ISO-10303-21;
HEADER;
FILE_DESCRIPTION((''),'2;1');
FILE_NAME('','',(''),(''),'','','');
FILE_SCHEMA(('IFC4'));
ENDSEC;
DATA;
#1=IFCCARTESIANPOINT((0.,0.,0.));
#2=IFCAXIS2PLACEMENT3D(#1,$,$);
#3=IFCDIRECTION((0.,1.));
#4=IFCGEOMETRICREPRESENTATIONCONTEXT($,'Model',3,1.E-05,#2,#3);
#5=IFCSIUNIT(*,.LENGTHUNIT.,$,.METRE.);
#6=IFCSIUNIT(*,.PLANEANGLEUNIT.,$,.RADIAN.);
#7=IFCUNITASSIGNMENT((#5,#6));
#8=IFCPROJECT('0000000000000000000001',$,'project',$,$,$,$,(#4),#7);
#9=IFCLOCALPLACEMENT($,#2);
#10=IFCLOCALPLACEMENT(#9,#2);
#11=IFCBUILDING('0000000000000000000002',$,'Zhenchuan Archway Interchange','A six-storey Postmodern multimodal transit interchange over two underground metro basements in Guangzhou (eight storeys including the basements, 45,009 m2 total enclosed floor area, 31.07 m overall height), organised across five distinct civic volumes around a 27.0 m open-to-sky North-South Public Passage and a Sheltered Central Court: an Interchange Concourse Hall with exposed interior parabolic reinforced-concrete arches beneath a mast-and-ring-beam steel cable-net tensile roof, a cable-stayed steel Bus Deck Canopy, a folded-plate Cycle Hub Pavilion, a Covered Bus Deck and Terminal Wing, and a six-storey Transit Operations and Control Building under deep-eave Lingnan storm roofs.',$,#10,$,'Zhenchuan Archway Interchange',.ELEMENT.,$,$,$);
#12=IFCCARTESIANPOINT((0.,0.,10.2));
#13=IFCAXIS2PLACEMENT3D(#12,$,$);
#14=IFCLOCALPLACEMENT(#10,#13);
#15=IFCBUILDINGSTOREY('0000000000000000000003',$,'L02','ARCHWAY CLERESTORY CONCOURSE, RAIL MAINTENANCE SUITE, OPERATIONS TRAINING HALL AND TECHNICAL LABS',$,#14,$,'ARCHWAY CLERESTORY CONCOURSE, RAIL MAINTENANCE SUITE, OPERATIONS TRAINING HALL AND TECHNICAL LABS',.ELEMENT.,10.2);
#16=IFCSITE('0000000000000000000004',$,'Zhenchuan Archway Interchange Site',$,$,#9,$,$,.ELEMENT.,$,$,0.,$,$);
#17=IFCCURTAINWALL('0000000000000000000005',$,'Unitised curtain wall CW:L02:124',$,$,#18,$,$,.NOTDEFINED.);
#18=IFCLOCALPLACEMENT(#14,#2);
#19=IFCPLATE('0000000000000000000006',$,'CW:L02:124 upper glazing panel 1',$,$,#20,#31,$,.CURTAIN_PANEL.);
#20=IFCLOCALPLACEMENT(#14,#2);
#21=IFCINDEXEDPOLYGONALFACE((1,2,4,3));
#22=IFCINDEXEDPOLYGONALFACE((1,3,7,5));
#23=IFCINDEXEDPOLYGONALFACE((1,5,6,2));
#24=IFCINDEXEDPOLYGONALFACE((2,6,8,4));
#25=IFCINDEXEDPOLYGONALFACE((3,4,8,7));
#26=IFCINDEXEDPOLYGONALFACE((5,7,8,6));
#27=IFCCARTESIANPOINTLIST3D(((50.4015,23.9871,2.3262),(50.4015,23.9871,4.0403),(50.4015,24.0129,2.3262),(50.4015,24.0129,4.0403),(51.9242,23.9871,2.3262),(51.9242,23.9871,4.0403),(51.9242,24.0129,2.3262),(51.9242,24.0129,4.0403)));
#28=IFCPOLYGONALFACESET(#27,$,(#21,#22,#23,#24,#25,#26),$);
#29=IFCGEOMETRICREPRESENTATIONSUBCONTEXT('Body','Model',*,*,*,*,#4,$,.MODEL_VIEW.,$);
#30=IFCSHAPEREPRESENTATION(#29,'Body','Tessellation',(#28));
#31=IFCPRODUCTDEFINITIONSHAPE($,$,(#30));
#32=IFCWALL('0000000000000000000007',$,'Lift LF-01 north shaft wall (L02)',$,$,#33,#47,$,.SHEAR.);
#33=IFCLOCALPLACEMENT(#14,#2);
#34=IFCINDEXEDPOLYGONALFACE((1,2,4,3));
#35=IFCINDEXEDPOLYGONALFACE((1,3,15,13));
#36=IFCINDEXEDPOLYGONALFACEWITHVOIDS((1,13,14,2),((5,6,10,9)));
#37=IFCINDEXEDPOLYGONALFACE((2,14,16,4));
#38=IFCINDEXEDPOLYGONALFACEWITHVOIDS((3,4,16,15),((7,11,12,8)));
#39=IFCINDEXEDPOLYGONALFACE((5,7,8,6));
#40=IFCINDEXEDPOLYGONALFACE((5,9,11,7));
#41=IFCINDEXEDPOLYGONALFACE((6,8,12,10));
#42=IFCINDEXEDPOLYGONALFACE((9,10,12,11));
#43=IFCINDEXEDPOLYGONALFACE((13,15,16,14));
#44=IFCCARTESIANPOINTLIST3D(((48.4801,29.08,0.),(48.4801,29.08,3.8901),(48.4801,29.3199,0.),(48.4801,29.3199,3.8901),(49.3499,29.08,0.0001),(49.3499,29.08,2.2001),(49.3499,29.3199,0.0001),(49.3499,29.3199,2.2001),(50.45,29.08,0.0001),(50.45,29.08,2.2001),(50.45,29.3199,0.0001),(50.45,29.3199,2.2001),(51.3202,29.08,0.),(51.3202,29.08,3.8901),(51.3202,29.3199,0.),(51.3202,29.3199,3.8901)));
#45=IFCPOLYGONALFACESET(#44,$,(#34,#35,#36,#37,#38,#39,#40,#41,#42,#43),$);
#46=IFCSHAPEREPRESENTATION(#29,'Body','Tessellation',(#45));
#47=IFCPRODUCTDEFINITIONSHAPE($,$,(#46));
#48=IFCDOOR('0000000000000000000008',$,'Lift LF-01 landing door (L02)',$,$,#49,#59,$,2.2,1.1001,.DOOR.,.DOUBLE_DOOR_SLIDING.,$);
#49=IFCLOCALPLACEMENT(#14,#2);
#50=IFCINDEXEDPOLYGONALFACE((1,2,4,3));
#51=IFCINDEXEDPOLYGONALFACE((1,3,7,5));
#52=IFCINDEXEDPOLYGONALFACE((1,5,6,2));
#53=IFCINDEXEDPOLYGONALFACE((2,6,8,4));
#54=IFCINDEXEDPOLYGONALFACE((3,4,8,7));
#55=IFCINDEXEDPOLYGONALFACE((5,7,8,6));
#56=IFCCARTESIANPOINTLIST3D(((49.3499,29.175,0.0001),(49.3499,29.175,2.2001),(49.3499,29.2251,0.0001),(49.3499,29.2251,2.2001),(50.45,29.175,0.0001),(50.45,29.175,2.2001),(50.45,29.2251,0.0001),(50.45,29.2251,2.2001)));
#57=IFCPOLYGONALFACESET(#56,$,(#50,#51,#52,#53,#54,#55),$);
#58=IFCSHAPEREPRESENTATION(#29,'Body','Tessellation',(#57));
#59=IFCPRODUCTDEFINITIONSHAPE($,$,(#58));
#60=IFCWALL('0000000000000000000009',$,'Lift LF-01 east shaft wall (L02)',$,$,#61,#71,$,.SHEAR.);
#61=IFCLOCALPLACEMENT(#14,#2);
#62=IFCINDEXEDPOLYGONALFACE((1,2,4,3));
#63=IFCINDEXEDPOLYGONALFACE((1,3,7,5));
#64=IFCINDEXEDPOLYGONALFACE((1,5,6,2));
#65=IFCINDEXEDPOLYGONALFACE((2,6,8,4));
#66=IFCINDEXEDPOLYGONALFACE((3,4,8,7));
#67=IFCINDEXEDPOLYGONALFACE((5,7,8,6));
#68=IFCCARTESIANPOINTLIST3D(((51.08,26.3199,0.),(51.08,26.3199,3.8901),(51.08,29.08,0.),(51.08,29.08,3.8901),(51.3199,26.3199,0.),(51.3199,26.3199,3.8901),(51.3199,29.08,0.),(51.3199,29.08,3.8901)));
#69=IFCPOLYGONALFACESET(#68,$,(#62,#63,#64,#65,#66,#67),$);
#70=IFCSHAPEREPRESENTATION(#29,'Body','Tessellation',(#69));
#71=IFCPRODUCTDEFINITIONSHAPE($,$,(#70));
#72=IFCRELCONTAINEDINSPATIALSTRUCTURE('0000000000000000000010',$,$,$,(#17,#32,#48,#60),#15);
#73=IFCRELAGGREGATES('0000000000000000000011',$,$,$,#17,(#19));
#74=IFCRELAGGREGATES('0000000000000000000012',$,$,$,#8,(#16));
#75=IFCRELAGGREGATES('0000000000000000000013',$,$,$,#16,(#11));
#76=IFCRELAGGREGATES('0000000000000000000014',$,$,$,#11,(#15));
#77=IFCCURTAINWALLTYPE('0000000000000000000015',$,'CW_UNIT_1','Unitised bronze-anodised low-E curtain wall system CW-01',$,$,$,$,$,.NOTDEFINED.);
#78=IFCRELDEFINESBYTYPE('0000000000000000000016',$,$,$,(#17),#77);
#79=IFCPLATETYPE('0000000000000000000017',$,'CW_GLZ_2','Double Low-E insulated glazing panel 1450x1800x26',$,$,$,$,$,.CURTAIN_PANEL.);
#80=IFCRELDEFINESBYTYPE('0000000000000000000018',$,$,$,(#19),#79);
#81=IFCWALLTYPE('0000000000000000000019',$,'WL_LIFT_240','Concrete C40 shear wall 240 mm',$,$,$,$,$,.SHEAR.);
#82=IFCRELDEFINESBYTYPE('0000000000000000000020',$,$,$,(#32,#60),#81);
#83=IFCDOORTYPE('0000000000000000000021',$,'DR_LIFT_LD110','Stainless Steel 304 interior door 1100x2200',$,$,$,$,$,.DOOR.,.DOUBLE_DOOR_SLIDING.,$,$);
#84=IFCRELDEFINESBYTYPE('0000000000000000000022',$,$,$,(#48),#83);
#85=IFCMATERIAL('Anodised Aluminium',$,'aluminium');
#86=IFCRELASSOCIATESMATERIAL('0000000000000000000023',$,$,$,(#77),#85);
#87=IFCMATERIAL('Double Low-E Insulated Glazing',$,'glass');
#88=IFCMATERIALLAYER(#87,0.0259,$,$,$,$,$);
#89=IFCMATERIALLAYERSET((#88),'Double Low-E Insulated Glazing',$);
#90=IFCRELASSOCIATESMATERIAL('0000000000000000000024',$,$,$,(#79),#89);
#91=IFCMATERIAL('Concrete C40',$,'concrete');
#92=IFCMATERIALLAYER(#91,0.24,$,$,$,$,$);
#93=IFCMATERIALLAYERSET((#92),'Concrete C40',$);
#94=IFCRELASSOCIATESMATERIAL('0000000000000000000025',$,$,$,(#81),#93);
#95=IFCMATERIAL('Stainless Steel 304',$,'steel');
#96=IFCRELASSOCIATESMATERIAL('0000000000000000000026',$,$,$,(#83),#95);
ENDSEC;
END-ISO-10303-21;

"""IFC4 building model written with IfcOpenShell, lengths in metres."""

from ifc_helpers import new_model, si_unit, direction, frame, frame_2d, origin, origin_2d, place, context, subcontext, project, spatial, rectangle, extrude, material, layer, layer_set, type_object, element, fill, aggregate, save


model = new_model("IFC4")

# Units and contexts
model_context = context("Model", 3, precision=1e-05, world=origin(), true_north=direction((0.0, 1.0)))
body_context = subcontext(model_context, "Body", "Model", "MODEL_VIEW")
ifc_project = project(units=[si_unit("LENGTHUNIT", "METRE"), si_unit("PLANEANGLEUNIT", "RADIAN")], contexts=[model_context])

# Site, building, storey
site_placement = place(None, origin())
site = spatial("IfcSite", under=ifc_project, at=site_placement, Name="Zhenchuan Archway Interchange Site", CompositionType="ELEMENT", RefElevation=0.0)
building_placement = place(site_placement, origin())
building = spatial("IfcBuilding", under=site, at=building_placement, Name="Zhenchuan Archway Interchange", Description="A six-storey Postmodern multimodal transit interchange over two underground metro basements in Guangzhou (eight storeys including the basements, 45,009 m2 total enclosed floor area, 31.07 m overall height), organised across five distinct civic volumes around a 27.0 m open-to-sky North-South Public Passage and a Sheltered Central Court: an Interchange Concourse Hall with exposed interior parabolic reinforced-concrete arches beneath a mast-and-ring-beam steel cable-net tensile roof, a cable-stayed steel Bus Deck Canopy, a folded-plate Cycle Hub Pavilion, a Covered Bus Deck and Terminal Wing, and a six-storey Transit Operations and Control Building under deep-eave Lingnan storm roofs.", LongName="Zhenchuan Archway Interchange", CompositionType="ELEMENT")
storey_placement = place(building_placement, frame((0.0, 0.0, 10.2)))
storey = spatial("IfcBuildingStorey", under=building, at=storey_placement, Name="L02", Description="ARCHWAY CLERESTORY CONCOURSE, RAIL MAINTENANCE SUITE, OPERATIONS TRAINING HALL AND TECHNICAL LABS", LongName="ARCHWAY CLERESTORY CONCOURSE, RAIL MAINTENANCE SUITE, OPERATIONS TRAINING HALL AND TECHNICAL LABS", CompositionType="ELEMENT", Elevation=10.2)

# Shared definitions
ifc_material_1 = material(Name="Concrete C40", Category="concrete")

# Curtain wall
ifc_material_2 = material(Name="Anodised Aluminium", Category="aluminium")
curtain_wall_type = type_object("IfcCurtainWallType", Name="CW_UNIT_1", Description="Unitised bronze-anodised low-E curtain wall system CW-01", PredefinedType="NOTDEFINED", material=ifc_material_2)
curtain_wall_placement = place(storey_placement, origin())
curtain_wall = element("IfcCurtainWall", 1, at=curtain_wall_placement, inside=storey, type_object=curtain_wall_type, Name="Unitised curtain wall CW:L02:124", PredefinedType="NOTDEFINED")

# Plate
ifc_material_3 = material(Name="Double Low-E Insulated Glazing", Category="glass")
ifc_layer_1 = layer(ifc_material_3, 0.0259)
ifc_layer_set_1 = layer_set([ifc_layer_1], Name="Double Low-E Insulated Glazing")
plate_type_1 = type_object("IfcPlateType", Name="CW_GLZ_2", Description="Double Low-E insulated glazing panel 1450x1800x26", PredefinedType="CURTAIN_PANEL", material=ifc_layer_set_1)
plate_1_placement = place(storey_placement, frame((51.1628, 24.0, 2.3262), z_axis=(0.0, 0.0, 1.0), x_axis=(-1.0, 0.0, 0.0)))
plate_1 = element("IfcPlate", 2, at=plate_1_placement, type_object=plate_type_1, Name="CW:L02:124 upper glazing panel 1", PredefinedType="CURTAIN_PANEL", context=body_context, shape_type="SweptSolid", body=[
    extrude(rectangle(XDim=1.5227, YDim=0.0259, at=origin_2d()), origin(), (0.0, 0.0, 1.0), 1.7141),
])
aggregate(curtain_wall, [plate_1])

# Wall, opening, door
ifc_layer_2 = layer(ifc_material_1, 0.24)
ifc_layer_set_2 = layer_set([ifc_layer_2], Name="Concrete C40")
wall_type = type_object("IfcWallType", Name="WL_LIFT_240", Description="Concrete C40 shear wall 240 mm", PredefinedType="SHEAR", material=ifc_layer_set_2)
wall_1_placement = place(storey_placement, frame((51.3201, 29.2, 0.0), z_axis=(0.0, 0.0, 1.0), x_axis=(-1.0, 0.0, 0.0)))
wall_1 = element("IfcWall", 3, at=wall_1_placement, inside=storey, type_object=wall_type, Name="Lift LF-01 north shaft wall (L02)", PredefinedType="SHEAR", context=body_context, shape_type="SweptSolid", body=[
    extrude(rectangle(XDim=2.8401, YDim=0.24, at=frame_2d((1.4199, 0.0))), origin(), (0.0, 0.0, 1.0), 3.8901),
])
opening_placement = place(wall_1_placement, frame((0.8701, 0.0, 0.0)))
opening = element("IfcOpeningElement", 4, at=opening_placement, cuts=wall_1, PredefinedType="OPENING", context=body_context, shape_type="SweptSolid", body=[
    extrude(rectangle(XDim=1.1001, YDim=2.2, at=frame_2d((0.55, 1.1001))), frame((0.0, 0.1318, 0.0), z_axis=(0.0, -1.0, 0.0), x_axis=(1.0, 0.0, 0.0)), (0.0, 0.0, 1.0), 0.2639),
])
ifc_material_4 = material(Name="Stainless Steel 304", Category="steel")
door_type = type_object("IfcDoorType", Name="DR_LIFT_LD110", Description="Stainless Steel 304 interior door 1100x2200", OperationType="DOUBLE_DOOR_SLIDING", PredefinedType="DOOR", material=ifc_material_4)
door_placement = place(opening_placement, origin())
door = element("IfcDoor", 5, at=door_placement, inside=storey, type_object=door_type, Name="Lift LF-01 landing door (L02)", OperationType="DOUBLE_DOOR_SLIDING", OverallHeight=2.2, OverallWidth=1.1001, PredefinedType="DOOR", context=body_context, shape_type="SweptSolid", body=[
    extrude(rectangle(XDim=1.1001, YDim=2.2, at=frame_2d((0.55, 1.1001))), frame((0.0, 0.0249, 0.0), z_axis=(0.0, -1.0, 0.0), x_axis=(1.0, 0.0, 0.0)), (0.0, 0.0, 1.0), 0.05),
])
fill(opening, door)

# Wall
wall_2_placement = place(storey_placement, frame((51.2, 26.3201, 0.0), z_axis=(0.0, 0.0, 1.0), x_axis=(0.0, 1.0, 0.0)))
element("IfcWall", 6, at=wall_2_placement, inside=storey, type_object=wall_type, Name="Lift LF-01 east shaft wall (L02)", PredefinedType="SHEAR", context=body_context, shape_type="SweptSolid", body=[
    extrude(rectangle(XDim=2.76, YDim=0.24, at=frame_2d((1.3799, 0.0))), origin(), (0.0, 0.0, 1.0), 3.8901),
])

save(model, "model.ifc")
